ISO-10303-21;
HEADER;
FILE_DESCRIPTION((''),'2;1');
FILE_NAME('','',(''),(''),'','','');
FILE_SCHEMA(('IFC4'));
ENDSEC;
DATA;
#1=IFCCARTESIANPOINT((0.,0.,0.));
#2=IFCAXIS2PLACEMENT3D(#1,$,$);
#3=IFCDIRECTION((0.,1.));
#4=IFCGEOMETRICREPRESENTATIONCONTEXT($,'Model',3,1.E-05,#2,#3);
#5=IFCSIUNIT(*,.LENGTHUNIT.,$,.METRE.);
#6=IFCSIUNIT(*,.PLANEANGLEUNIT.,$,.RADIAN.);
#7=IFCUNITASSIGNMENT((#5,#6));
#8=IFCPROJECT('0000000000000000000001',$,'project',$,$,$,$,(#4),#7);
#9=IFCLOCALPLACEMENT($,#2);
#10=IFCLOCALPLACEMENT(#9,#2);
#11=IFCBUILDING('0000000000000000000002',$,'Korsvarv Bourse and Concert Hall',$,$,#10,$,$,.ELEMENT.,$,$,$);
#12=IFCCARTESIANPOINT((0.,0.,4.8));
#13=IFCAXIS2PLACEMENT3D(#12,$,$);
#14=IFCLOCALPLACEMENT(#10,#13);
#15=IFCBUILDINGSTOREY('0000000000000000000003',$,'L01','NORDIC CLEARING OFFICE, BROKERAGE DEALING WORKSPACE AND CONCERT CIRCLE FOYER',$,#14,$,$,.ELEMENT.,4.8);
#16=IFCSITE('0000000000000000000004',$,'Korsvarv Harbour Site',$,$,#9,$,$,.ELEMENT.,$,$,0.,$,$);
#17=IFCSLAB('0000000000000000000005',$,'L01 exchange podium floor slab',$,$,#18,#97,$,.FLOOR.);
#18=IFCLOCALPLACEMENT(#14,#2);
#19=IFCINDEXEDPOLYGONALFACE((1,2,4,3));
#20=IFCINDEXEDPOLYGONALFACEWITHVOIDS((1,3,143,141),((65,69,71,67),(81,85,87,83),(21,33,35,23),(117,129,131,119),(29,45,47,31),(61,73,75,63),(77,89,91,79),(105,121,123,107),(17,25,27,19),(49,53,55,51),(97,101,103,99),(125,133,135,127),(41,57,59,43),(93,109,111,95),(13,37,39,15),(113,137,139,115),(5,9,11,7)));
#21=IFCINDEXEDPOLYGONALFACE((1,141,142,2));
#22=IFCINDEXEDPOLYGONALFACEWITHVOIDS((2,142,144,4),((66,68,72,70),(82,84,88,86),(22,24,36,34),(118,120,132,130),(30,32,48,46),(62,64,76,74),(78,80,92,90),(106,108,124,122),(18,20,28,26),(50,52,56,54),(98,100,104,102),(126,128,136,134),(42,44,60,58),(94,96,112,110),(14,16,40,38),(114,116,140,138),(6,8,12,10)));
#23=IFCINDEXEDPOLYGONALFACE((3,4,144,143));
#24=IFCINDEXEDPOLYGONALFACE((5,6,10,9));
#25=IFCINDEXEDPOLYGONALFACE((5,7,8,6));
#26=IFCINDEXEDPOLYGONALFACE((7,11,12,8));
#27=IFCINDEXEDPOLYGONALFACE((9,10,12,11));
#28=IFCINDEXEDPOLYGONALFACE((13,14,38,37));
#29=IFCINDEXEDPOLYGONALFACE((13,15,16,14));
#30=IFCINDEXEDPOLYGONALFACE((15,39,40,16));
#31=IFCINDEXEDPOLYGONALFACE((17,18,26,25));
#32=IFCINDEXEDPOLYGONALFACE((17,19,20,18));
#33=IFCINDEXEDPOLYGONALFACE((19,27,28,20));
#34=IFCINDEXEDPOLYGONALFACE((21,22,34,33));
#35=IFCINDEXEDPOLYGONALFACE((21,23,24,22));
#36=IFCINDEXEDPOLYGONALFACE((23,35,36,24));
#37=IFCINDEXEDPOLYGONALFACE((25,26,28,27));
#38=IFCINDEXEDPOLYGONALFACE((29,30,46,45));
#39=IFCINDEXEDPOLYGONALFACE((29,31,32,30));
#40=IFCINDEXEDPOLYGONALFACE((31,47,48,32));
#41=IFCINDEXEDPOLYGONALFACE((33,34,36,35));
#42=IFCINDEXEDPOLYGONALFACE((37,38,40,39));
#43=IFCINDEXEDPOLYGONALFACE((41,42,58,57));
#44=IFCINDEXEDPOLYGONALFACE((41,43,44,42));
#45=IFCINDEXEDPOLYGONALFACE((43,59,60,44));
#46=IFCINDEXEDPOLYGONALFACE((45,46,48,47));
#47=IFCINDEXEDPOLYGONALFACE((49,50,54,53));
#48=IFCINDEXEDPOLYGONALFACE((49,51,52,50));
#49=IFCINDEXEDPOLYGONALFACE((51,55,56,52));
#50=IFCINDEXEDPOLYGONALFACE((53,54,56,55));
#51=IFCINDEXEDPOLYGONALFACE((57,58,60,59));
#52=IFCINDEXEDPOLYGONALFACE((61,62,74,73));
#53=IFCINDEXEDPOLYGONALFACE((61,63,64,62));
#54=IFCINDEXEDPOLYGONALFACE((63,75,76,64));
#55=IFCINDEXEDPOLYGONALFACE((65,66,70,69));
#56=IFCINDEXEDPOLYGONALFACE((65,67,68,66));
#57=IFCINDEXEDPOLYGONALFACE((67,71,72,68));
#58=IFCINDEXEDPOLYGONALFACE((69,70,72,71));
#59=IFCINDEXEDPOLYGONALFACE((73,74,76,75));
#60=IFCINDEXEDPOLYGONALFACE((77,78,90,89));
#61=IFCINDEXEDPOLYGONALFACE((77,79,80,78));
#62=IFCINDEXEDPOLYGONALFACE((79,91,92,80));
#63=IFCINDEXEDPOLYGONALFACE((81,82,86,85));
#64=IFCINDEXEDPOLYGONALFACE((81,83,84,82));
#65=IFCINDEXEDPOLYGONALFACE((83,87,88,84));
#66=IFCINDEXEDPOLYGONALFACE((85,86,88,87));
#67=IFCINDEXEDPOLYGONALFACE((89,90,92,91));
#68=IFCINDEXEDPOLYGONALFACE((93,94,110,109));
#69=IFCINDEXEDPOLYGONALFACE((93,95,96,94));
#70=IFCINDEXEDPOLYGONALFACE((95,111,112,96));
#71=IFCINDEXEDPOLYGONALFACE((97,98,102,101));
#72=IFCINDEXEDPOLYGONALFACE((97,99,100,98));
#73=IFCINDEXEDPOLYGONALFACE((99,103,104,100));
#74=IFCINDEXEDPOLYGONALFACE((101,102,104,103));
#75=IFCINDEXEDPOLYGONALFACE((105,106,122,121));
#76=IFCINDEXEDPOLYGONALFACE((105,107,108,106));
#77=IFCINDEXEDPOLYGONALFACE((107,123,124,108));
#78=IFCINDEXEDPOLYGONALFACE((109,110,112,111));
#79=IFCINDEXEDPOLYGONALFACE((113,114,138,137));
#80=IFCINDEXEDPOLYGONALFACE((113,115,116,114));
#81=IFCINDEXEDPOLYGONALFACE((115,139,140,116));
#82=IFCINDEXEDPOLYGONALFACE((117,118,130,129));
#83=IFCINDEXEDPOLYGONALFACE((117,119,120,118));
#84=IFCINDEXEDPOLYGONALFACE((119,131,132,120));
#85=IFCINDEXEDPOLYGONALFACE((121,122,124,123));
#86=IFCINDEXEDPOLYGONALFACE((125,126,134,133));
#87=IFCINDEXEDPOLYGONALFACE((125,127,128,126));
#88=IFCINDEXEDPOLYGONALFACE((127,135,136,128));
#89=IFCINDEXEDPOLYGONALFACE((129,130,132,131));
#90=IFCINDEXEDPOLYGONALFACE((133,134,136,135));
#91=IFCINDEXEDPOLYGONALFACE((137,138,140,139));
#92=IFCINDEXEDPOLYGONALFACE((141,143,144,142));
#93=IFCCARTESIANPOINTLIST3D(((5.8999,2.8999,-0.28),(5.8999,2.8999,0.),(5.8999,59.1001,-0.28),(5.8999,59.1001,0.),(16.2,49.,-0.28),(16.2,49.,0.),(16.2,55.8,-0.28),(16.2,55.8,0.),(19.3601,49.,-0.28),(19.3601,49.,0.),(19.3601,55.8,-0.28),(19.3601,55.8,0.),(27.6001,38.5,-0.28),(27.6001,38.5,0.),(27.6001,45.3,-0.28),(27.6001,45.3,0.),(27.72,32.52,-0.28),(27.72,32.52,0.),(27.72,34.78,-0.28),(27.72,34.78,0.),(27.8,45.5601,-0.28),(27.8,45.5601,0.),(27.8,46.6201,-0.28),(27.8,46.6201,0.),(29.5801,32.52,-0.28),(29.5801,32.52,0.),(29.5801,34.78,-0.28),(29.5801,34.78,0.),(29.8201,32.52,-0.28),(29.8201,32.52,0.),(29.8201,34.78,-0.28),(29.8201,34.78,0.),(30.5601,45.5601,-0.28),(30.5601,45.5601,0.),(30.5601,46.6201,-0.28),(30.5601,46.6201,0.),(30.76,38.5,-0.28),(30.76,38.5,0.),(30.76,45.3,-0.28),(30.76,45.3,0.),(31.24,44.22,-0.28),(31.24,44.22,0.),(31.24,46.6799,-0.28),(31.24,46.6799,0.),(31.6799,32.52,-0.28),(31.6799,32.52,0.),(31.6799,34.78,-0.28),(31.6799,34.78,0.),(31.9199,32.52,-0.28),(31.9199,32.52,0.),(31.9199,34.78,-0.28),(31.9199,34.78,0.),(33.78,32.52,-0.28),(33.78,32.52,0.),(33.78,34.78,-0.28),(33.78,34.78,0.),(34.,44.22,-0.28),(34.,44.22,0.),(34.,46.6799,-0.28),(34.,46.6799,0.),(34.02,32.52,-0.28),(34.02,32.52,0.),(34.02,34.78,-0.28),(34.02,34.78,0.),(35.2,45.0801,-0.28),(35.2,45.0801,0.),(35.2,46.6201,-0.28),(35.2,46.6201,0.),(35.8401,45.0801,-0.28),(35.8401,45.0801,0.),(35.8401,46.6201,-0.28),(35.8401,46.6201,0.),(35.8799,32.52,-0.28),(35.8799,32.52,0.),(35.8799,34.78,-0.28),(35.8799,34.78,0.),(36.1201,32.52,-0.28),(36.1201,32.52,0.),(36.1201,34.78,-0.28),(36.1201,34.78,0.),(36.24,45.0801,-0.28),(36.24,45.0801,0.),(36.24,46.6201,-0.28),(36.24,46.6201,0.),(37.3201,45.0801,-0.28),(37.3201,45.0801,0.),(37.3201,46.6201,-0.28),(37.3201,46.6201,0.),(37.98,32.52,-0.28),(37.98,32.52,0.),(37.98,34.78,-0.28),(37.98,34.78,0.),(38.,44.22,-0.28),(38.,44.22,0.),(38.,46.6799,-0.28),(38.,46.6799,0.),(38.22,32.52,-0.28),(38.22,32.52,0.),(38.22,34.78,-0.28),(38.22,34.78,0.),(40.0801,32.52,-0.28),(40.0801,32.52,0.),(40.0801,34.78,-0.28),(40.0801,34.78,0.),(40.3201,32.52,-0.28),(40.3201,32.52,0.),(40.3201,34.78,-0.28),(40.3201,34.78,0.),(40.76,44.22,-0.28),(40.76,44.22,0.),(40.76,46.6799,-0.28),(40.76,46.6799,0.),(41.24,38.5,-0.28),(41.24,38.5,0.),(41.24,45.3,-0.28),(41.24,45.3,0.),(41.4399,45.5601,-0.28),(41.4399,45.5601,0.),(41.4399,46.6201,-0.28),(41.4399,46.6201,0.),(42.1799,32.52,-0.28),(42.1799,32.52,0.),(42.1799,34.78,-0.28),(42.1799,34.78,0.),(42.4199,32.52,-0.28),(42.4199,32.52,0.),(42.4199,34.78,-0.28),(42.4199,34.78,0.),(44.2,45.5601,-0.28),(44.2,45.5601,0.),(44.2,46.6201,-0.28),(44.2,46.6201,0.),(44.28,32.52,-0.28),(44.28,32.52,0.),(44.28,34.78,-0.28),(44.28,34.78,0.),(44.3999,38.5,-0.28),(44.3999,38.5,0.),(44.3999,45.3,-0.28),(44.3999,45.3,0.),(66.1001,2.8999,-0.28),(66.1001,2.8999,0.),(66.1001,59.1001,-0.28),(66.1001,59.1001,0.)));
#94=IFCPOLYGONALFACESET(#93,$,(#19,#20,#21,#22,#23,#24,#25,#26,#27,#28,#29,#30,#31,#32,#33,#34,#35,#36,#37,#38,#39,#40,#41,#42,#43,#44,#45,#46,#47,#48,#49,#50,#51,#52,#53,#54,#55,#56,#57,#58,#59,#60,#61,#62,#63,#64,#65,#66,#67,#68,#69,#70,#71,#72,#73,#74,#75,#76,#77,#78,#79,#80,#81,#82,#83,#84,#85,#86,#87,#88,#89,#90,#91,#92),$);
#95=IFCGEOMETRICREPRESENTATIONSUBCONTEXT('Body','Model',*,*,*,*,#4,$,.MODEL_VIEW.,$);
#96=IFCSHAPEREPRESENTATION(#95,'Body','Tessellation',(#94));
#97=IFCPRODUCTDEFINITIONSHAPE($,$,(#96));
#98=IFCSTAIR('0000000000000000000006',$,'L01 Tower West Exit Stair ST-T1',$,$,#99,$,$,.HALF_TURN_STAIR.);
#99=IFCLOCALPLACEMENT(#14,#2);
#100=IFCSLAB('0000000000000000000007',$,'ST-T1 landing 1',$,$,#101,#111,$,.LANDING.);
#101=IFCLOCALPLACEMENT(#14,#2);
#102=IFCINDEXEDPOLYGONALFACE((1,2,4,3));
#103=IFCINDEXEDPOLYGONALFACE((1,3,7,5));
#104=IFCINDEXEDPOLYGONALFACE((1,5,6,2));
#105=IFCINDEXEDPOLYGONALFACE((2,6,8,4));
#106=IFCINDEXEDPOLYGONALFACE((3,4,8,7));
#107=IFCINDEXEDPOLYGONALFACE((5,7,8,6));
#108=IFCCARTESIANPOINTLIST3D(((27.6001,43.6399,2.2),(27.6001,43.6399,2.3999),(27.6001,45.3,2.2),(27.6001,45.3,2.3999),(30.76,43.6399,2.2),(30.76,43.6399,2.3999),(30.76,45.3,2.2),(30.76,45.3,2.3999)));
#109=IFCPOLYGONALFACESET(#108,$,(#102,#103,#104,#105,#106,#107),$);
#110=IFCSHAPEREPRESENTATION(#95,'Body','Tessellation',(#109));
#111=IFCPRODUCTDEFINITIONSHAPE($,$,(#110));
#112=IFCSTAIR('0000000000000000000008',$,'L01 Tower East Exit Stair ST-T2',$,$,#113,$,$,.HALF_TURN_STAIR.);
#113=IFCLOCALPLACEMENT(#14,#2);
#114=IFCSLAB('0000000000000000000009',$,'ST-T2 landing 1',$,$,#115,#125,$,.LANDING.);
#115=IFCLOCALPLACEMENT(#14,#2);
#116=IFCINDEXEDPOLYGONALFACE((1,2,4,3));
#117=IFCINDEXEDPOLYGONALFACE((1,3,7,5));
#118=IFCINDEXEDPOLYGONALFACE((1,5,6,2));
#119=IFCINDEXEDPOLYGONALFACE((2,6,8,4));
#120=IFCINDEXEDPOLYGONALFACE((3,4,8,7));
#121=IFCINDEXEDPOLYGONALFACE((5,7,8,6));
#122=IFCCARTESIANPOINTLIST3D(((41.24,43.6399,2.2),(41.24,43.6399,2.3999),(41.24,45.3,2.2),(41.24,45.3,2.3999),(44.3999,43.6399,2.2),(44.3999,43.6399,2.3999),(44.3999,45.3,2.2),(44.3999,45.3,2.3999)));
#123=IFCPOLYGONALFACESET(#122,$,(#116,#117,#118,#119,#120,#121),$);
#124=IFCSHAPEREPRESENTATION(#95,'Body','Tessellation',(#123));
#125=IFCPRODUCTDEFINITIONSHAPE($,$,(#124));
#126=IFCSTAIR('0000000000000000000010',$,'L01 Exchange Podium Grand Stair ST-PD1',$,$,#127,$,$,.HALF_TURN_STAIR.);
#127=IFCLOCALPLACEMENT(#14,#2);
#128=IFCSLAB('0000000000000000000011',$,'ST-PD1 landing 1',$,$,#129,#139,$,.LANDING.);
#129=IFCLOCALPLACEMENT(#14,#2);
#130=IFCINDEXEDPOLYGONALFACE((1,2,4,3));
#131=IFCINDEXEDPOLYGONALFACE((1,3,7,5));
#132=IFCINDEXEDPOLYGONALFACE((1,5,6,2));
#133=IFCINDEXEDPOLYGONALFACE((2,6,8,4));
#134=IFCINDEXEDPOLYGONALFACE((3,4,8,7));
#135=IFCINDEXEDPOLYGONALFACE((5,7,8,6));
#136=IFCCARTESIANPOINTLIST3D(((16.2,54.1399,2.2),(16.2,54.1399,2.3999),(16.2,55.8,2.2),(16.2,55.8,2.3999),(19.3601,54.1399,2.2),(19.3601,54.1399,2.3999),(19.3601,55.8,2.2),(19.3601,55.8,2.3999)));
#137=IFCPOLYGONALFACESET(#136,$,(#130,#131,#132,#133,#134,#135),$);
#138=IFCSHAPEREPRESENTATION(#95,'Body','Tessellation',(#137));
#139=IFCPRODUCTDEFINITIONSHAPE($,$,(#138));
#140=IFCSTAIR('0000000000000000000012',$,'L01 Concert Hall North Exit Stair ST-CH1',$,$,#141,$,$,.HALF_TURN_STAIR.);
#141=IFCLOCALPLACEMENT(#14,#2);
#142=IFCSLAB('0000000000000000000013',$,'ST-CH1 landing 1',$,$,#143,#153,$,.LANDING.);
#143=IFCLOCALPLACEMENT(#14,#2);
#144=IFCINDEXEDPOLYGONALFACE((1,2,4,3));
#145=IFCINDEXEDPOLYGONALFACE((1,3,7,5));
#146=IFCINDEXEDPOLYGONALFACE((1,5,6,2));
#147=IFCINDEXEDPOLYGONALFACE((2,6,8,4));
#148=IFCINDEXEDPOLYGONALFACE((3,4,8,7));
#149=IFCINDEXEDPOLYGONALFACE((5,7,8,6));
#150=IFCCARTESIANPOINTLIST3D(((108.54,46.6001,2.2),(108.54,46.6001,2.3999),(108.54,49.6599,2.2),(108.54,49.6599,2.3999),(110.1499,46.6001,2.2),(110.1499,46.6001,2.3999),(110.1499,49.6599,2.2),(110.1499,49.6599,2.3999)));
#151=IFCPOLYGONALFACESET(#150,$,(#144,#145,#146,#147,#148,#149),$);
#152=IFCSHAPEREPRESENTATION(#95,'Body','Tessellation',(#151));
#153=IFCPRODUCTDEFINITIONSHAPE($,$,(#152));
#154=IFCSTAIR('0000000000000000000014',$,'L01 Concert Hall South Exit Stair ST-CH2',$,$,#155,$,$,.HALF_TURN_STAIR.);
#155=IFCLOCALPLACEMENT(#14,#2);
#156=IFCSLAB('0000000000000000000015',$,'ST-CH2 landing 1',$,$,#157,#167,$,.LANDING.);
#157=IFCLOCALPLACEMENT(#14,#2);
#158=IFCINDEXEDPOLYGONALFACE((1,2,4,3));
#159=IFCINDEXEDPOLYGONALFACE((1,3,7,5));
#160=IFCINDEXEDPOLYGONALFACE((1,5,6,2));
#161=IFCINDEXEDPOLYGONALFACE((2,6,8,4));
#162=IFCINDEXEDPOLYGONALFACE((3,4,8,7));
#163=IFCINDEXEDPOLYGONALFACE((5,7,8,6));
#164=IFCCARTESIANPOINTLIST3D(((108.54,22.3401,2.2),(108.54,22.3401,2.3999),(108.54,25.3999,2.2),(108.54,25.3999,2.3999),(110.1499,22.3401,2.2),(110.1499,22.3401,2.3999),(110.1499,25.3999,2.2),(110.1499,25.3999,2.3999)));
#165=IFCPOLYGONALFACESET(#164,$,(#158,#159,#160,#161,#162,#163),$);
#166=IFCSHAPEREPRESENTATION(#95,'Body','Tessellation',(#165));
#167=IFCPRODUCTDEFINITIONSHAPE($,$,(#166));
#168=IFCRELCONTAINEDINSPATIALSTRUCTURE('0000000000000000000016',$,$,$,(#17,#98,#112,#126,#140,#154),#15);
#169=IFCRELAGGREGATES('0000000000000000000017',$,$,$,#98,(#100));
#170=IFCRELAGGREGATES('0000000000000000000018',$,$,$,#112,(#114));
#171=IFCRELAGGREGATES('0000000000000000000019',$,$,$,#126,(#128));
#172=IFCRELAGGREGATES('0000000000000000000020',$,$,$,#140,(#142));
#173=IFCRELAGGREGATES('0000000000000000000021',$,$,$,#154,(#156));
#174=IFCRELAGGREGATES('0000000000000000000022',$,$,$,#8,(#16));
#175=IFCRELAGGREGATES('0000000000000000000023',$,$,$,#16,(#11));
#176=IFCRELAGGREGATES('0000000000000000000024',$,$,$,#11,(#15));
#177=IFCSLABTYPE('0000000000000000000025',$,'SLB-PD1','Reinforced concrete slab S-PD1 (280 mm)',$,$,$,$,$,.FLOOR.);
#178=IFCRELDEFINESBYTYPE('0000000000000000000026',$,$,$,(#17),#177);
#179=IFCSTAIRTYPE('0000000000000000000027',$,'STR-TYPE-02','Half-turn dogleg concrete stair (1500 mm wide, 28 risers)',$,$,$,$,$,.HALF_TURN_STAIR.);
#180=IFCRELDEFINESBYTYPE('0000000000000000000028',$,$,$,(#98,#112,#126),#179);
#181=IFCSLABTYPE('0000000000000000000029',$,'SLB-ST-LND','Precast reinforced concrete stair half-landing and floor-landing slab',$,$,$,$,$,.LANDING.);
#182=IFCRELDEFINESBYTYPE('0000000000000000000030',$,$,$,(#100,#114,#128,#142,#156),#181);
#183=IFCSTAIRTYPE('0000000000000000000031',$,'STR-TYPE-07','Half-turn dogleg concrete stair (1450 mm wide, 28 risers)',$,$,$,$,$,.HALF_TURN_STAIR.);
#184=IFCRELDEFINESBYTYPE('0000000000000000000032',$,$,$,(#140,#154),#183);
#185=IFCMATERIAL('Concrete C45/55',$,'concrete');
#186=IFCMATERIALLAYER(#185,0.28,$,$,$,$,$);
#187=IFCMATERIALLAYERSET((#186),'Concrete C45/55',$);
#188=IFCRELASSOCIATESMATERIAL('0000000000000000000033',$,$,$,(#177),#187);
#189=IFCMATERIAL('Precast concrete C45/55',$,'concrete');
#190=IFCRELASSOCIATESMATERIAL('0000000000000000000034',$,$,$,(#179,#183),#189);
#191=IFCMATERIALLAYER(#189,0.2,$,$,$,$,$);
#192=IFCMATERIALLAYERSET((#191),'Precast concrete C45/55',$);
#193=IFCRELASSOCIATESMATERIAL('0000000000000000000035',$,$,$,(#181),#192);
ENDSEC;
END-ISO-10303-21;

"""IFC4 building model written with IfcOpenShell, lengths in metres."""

from ifc_helpers import new_model, si_unit, direction, frame, origin, place, context, subcontext, project, spatial, polyline, outline, extrude, material, layer, layer_set, type_object, element, aggregate, save


model = new_model("IFC4")

# Units and contexts
model_context = context("Model", 3, precision=1e-05, world=origin(), true_north=direction((0.0, 1.0)))
body_context = subcontext(model_context, "Body", "Model", "MODEL_VIEW")
ifc_project = project(units=[si_unit("LENGTHUNIT", "METRE"), si_unit("PLANEANGLEUNIT", "RADIAN")], contexts=[model_context])

# Site, building, storey
site_placement = place(None, origin())
site = spatial("IfcSite", under=ifc_project, at=site_placement, Name="Korsvarv Harbour Site", CompositionType="ELEMENT", RefElevation=0.0)
building_placement = place(site_placement, origin())
building = spatial("IfcBuilding", under=site, at=building_placement, Name="Korsvarv Bourse and Concert Hall", CompositionType="ELEMENT")
storey_placement = place(building_placement, frame((0.0, 0.0, 4.8)))
storey = spatial("IfcBuildingStorey", under=building, at=storey_placement, Name="L01", Description="NORDIC CLEARING OFFICE, BROKERAGE DEALING WORKSPACE AND CONCERT CIRCLE FOYER", CompositionType="ELEMENT", Elevation=4.8)

# Slab
ifc_material_1 = material(Name="Precast concrete C45/55", Category="concrete")
ifc_material_2 = material(Name="Concrete C45/55", Category="concrete")
ifc_layer_1 = layer(ifc_material_2, 0.28)
ifc_layer_set_1 = layer_set([ifc_layer_1], Name="Concrete C45/55")
slab_type_1 = type_object("IfcSlabType", Name="SLB-PD1", Description="Reinforced concrete slab S-PD1 (280 mm)", PredefinedType="FLOOR", material=ifc_layer_set_1)
slab_1_placement = place(storey_placement, frame((0.0, 0.0, -0.28)))
element("IfcSlab", 1, at=slab_1_placement, inside=storey, type_object=slab_type_1, Name="L01 exchange podium floor slab", PredefinedType="FLOOR", context=body_context, shape_type="SweptSolid", body=[
    extrude(outline(polyline([(66.1001, 2.8999), (66.1001, 59.1001), (5.8999, 59.1001), (5.8999, 2.8999), (66.1001, 2.8999)]), holes=[polyline([(30.76, 38.5), (30.76, 45.3), (27.6001, 45.3), (27.6001, 38.5), (30.76, 38.5)]), polyline([(44.3999, 38.5), (44.3999, 45.3), (41.24, 45.3), (41.24, 38.5), (44.3999, 38.5)]), polyline([(19.3601, 49.0), (19.3601, 55.8), (16.2, 55.8), (16.2, 49.0), (19.3601, 49.0)]), polyline([(31.24, 44.22), (34.0, 44.22), (34.0, 46.6799), (31.24, 46.6799), (31.24, 44.22)]), polyline([(38.0, 44.22), (40.76, 44.22), (40.76, 46.6799), (38.0, 46.6799), (38.0, 44.22)]), polyline([(27.72, 32.52), (29.5801, 32.52), (29.5801, 34.78), (27.72, 34.78), (27.72, 32.52)]), polyline([(29.8201, 32.52), (31.6799, 32.52), (31.6799, 34.78), (29.8201, 34.78), (29.8201, 32.52)]), polyline([(31.9199, 32.52), (33.78, 32.52), (33.78, 34.78), (31.9199, 34.78), (31.9199, 32.52)]), polyline([(34.02, 32.52), (35.8799, 32.52), (35.8799, 34.78), (34.02, 34.78), (34.02, 32.52)]), polyline([(36.1201, 32.52), (37.98, 32.52), (37.98, 34.78), (36.1201, 34.78), (36.1201, 32.52)]), polyline([(38.22, 32.52), (40.0801, 32.52), (40.0801, 34.78), (38.22, 34.78), (38.22, 32.52)]), polyline([(40.3201, 32.52), (42.1799, 32.52), (42.1799, 34.78), (40.3201, 34.78), (40.3201, 32.52)]), polyline([(42.4199, 32.52), (44.28, 32.52), (44.28, 34.78), (42.4199, 34.78), (42.4199, 32.52)]), polyline([(27.8, 45.5601), (30.5601, 45.5601), (30.5601, 46.6201), (27.8, 46.6201), (27.8, 45.5601)]), polyline([(41.4399, 45.5601), (44.2, 45.5601), (44.2, 46.6201), (41.4399, 46.6201), (41.4399, 45.5601)]), polyline([(35.2, 45.0801), (35.8401, 45.0801), (35.8401, 46.6201), (35.2, 46.6201), (35.2, 45.0801)]), polyline([(36.24, 45.0801), (37.3201, 45.0801), (37.3201, 46.6201), (36.24, 46.6201), (36.24, 45.0801)])]), origin(), (0.0, 0.0, 1.0), 0.28),
])

# Stairs, slabs
stair_type_1 = type_object("IfcStairType", Name="STR-TYPE-02", Description="Half-turn dogleg concrete stair (1500 mm wide, 28 risers)", PredefinedType="HALF_TURN_STAIR", material=ifc_material_1)
stair_1_placement = place(storey_placement, origin())
stair_1 = element("IfcStair", 2, at=stair_1_placement, inside=storey, type_object=stair_type_1, Name="L01 Tower West Exit Stair ST-T1", PredefinedType="HALF_TURN_STAIR")
ifc_layer_2 = layer(ifc_material_1, 0.2)
ifc_layer_set_2 = layer_set([ifc_layer_2], Name="Precast concrete C45/55")
slab_type_2 = type_object("IfcSlabType", Name="SLB-ST-LND", Description="Precast reinforced concrete stair half-landing and floor-landing slab", PredefinedType="LANDING", material=ifc_layer_set_2)
slab_2_placement = place(storey_placement, frame((0.0, 0.0, 2.2)))
slab_2 = element("IfcSlab", 3, at=slab_2_placement, type_object=slab_type_2, Name="ST-T1 landing 1", PredefinedType="LANDING", context=body_context, shape_type="SweptSolid", body=[
    extrude(outline(polyline([(30.76, 43.6399), (30.76, 45.3), (27.6001, 45.3), (27.6001, 43.6399), (30.76, 43.6399)])), origin(), (0.0, 0.0, 1.0), 0.2),
])
aggregate(stair_1, [slab_2])
stair_2_placement = place(storey_placement, origin())
stair_2 = element("IfcStair", 4, at=stair_2_placement, inside=storey, type_object=stair_type_1, Name="L01 Tower East Exit Stair ST-T2", PredefinedType="HALF_TURN_STAIR")
slab_3_placement = place(storey_placement, frame((0.0, 0.0, 2.2)))
slab_3 = element("IfcSlab", 5, at=slab_3_placement, type_object=slab_type_2, Name="ST-T2 landing 1", PredefinedType="LANDING", context=body_context, shape_type="SweptSolid", body=[
    extrude(outline(polyline([(44.3999, 43.6399), (44.3999, 45.3), (41.24, 45.3), (41.24, 43.6399), (44.3999, 43.6399)])), origin(), (0.0, 0.0, 1.0), 0.2),
])
aggregate(stair_2, [slab_3])
stair_3_placement = place(storey_placement, origin())
stair_3 = element("IfcStair", 6, at=stair_3_placement, inside=storey, type_object=stair_type_1, Name="L01 Exchange Podium Grand Stair ST-PD1", PredefinedType="HALF_TURN_STAIR")
slab_4_placement = place(storey_placement, frame((0.0, 0.0, 2.2)))
slab_4 = element("IfcSlab", 7, at=slab_4_placement, type_object=slab_type_2, Name="ST-PD1 landing 1", PredefinedType="LANDING", context=body_context, shape_type="SweptSolid", body=[
    extrude(outline(polyline([(19.3601, 54.1399), (19.3601, 55.8), (16.2, 55.8), (16.2, 54.1399), (19.3601, 54.1399)])), origin(), (0.0, 0.0, 1.0), 0.2),
])
aggregate(stair_3, [slab_4])
stair_type_2 = type_object("IfcStairType", Name="STR-TYPE-07", Description="Half-turn dogleg concrete stair (1450 mm wide, 28 risers)", PredefinedType="HALF_TURN_STAIR", material=ifc_material_1)
stair_4_placement = place(storey_placement, origin())
stair_4 = element("IfcStair", 8, at=stair_4_placement, inside=storey, type_object=stair_type_2, Name="L01 Concert Hall North Exit Stair ST-CH1", PredefinedType="HALF_TURN_STAIR")
slab_5_placement = place(storey_placement, frame((0.0, 0.0, 2.2)))
slab_5 = element("IfcSlab", 9, at=slab_5_placement, type_object=slab_type_2, Name="ST-CH1 landing 1", PredefinedType="LANDING", context=body_context, shape_type="SweptSolid", body=[
    extrude(outline(polyline([(108.54, 46.6001), (110.1499, 46.6001), (110.1499, 49.6599), (108.54, 49.6599), (108.54, 46.6001)])), origin(), (0.0, 0.0, 1.0), 0.2),
])
aggregate(stair_4, [slab_5])
stair_5_placement = place(storey_placement, origin())
stair_5 = element("IfcStair", 10, at=stair_5_placement, inside=storey, type_object=stair_type_2, Name="L01 Concert Hall South Exit Stair ST-CH2", PredefinedType="HALF_TURN_STAIR")
slab_6_placement = place(storey_placement, frame((0.0, 0.0, 2.2)))
slab_6 = element("IfcSlab", 11, at=slab_6_placement, type_object=slab_type_2, Name="ST-CH2 landing 1", PredefinedType="LANDING", context=body_context, shape_type="SweptSolid", body=[
    extrude(outline(polyline([(108.54, 22.3401), (110.1499, 22.3401), (110.1499, 25.3999), (108.54, 25.3999), (108.54, 22.3401)])), origin(), (0.0, 0.0, 1.0), 0.2),
])
aggregate(stair_5, [slab_6])

save(model, "model.ifc")
